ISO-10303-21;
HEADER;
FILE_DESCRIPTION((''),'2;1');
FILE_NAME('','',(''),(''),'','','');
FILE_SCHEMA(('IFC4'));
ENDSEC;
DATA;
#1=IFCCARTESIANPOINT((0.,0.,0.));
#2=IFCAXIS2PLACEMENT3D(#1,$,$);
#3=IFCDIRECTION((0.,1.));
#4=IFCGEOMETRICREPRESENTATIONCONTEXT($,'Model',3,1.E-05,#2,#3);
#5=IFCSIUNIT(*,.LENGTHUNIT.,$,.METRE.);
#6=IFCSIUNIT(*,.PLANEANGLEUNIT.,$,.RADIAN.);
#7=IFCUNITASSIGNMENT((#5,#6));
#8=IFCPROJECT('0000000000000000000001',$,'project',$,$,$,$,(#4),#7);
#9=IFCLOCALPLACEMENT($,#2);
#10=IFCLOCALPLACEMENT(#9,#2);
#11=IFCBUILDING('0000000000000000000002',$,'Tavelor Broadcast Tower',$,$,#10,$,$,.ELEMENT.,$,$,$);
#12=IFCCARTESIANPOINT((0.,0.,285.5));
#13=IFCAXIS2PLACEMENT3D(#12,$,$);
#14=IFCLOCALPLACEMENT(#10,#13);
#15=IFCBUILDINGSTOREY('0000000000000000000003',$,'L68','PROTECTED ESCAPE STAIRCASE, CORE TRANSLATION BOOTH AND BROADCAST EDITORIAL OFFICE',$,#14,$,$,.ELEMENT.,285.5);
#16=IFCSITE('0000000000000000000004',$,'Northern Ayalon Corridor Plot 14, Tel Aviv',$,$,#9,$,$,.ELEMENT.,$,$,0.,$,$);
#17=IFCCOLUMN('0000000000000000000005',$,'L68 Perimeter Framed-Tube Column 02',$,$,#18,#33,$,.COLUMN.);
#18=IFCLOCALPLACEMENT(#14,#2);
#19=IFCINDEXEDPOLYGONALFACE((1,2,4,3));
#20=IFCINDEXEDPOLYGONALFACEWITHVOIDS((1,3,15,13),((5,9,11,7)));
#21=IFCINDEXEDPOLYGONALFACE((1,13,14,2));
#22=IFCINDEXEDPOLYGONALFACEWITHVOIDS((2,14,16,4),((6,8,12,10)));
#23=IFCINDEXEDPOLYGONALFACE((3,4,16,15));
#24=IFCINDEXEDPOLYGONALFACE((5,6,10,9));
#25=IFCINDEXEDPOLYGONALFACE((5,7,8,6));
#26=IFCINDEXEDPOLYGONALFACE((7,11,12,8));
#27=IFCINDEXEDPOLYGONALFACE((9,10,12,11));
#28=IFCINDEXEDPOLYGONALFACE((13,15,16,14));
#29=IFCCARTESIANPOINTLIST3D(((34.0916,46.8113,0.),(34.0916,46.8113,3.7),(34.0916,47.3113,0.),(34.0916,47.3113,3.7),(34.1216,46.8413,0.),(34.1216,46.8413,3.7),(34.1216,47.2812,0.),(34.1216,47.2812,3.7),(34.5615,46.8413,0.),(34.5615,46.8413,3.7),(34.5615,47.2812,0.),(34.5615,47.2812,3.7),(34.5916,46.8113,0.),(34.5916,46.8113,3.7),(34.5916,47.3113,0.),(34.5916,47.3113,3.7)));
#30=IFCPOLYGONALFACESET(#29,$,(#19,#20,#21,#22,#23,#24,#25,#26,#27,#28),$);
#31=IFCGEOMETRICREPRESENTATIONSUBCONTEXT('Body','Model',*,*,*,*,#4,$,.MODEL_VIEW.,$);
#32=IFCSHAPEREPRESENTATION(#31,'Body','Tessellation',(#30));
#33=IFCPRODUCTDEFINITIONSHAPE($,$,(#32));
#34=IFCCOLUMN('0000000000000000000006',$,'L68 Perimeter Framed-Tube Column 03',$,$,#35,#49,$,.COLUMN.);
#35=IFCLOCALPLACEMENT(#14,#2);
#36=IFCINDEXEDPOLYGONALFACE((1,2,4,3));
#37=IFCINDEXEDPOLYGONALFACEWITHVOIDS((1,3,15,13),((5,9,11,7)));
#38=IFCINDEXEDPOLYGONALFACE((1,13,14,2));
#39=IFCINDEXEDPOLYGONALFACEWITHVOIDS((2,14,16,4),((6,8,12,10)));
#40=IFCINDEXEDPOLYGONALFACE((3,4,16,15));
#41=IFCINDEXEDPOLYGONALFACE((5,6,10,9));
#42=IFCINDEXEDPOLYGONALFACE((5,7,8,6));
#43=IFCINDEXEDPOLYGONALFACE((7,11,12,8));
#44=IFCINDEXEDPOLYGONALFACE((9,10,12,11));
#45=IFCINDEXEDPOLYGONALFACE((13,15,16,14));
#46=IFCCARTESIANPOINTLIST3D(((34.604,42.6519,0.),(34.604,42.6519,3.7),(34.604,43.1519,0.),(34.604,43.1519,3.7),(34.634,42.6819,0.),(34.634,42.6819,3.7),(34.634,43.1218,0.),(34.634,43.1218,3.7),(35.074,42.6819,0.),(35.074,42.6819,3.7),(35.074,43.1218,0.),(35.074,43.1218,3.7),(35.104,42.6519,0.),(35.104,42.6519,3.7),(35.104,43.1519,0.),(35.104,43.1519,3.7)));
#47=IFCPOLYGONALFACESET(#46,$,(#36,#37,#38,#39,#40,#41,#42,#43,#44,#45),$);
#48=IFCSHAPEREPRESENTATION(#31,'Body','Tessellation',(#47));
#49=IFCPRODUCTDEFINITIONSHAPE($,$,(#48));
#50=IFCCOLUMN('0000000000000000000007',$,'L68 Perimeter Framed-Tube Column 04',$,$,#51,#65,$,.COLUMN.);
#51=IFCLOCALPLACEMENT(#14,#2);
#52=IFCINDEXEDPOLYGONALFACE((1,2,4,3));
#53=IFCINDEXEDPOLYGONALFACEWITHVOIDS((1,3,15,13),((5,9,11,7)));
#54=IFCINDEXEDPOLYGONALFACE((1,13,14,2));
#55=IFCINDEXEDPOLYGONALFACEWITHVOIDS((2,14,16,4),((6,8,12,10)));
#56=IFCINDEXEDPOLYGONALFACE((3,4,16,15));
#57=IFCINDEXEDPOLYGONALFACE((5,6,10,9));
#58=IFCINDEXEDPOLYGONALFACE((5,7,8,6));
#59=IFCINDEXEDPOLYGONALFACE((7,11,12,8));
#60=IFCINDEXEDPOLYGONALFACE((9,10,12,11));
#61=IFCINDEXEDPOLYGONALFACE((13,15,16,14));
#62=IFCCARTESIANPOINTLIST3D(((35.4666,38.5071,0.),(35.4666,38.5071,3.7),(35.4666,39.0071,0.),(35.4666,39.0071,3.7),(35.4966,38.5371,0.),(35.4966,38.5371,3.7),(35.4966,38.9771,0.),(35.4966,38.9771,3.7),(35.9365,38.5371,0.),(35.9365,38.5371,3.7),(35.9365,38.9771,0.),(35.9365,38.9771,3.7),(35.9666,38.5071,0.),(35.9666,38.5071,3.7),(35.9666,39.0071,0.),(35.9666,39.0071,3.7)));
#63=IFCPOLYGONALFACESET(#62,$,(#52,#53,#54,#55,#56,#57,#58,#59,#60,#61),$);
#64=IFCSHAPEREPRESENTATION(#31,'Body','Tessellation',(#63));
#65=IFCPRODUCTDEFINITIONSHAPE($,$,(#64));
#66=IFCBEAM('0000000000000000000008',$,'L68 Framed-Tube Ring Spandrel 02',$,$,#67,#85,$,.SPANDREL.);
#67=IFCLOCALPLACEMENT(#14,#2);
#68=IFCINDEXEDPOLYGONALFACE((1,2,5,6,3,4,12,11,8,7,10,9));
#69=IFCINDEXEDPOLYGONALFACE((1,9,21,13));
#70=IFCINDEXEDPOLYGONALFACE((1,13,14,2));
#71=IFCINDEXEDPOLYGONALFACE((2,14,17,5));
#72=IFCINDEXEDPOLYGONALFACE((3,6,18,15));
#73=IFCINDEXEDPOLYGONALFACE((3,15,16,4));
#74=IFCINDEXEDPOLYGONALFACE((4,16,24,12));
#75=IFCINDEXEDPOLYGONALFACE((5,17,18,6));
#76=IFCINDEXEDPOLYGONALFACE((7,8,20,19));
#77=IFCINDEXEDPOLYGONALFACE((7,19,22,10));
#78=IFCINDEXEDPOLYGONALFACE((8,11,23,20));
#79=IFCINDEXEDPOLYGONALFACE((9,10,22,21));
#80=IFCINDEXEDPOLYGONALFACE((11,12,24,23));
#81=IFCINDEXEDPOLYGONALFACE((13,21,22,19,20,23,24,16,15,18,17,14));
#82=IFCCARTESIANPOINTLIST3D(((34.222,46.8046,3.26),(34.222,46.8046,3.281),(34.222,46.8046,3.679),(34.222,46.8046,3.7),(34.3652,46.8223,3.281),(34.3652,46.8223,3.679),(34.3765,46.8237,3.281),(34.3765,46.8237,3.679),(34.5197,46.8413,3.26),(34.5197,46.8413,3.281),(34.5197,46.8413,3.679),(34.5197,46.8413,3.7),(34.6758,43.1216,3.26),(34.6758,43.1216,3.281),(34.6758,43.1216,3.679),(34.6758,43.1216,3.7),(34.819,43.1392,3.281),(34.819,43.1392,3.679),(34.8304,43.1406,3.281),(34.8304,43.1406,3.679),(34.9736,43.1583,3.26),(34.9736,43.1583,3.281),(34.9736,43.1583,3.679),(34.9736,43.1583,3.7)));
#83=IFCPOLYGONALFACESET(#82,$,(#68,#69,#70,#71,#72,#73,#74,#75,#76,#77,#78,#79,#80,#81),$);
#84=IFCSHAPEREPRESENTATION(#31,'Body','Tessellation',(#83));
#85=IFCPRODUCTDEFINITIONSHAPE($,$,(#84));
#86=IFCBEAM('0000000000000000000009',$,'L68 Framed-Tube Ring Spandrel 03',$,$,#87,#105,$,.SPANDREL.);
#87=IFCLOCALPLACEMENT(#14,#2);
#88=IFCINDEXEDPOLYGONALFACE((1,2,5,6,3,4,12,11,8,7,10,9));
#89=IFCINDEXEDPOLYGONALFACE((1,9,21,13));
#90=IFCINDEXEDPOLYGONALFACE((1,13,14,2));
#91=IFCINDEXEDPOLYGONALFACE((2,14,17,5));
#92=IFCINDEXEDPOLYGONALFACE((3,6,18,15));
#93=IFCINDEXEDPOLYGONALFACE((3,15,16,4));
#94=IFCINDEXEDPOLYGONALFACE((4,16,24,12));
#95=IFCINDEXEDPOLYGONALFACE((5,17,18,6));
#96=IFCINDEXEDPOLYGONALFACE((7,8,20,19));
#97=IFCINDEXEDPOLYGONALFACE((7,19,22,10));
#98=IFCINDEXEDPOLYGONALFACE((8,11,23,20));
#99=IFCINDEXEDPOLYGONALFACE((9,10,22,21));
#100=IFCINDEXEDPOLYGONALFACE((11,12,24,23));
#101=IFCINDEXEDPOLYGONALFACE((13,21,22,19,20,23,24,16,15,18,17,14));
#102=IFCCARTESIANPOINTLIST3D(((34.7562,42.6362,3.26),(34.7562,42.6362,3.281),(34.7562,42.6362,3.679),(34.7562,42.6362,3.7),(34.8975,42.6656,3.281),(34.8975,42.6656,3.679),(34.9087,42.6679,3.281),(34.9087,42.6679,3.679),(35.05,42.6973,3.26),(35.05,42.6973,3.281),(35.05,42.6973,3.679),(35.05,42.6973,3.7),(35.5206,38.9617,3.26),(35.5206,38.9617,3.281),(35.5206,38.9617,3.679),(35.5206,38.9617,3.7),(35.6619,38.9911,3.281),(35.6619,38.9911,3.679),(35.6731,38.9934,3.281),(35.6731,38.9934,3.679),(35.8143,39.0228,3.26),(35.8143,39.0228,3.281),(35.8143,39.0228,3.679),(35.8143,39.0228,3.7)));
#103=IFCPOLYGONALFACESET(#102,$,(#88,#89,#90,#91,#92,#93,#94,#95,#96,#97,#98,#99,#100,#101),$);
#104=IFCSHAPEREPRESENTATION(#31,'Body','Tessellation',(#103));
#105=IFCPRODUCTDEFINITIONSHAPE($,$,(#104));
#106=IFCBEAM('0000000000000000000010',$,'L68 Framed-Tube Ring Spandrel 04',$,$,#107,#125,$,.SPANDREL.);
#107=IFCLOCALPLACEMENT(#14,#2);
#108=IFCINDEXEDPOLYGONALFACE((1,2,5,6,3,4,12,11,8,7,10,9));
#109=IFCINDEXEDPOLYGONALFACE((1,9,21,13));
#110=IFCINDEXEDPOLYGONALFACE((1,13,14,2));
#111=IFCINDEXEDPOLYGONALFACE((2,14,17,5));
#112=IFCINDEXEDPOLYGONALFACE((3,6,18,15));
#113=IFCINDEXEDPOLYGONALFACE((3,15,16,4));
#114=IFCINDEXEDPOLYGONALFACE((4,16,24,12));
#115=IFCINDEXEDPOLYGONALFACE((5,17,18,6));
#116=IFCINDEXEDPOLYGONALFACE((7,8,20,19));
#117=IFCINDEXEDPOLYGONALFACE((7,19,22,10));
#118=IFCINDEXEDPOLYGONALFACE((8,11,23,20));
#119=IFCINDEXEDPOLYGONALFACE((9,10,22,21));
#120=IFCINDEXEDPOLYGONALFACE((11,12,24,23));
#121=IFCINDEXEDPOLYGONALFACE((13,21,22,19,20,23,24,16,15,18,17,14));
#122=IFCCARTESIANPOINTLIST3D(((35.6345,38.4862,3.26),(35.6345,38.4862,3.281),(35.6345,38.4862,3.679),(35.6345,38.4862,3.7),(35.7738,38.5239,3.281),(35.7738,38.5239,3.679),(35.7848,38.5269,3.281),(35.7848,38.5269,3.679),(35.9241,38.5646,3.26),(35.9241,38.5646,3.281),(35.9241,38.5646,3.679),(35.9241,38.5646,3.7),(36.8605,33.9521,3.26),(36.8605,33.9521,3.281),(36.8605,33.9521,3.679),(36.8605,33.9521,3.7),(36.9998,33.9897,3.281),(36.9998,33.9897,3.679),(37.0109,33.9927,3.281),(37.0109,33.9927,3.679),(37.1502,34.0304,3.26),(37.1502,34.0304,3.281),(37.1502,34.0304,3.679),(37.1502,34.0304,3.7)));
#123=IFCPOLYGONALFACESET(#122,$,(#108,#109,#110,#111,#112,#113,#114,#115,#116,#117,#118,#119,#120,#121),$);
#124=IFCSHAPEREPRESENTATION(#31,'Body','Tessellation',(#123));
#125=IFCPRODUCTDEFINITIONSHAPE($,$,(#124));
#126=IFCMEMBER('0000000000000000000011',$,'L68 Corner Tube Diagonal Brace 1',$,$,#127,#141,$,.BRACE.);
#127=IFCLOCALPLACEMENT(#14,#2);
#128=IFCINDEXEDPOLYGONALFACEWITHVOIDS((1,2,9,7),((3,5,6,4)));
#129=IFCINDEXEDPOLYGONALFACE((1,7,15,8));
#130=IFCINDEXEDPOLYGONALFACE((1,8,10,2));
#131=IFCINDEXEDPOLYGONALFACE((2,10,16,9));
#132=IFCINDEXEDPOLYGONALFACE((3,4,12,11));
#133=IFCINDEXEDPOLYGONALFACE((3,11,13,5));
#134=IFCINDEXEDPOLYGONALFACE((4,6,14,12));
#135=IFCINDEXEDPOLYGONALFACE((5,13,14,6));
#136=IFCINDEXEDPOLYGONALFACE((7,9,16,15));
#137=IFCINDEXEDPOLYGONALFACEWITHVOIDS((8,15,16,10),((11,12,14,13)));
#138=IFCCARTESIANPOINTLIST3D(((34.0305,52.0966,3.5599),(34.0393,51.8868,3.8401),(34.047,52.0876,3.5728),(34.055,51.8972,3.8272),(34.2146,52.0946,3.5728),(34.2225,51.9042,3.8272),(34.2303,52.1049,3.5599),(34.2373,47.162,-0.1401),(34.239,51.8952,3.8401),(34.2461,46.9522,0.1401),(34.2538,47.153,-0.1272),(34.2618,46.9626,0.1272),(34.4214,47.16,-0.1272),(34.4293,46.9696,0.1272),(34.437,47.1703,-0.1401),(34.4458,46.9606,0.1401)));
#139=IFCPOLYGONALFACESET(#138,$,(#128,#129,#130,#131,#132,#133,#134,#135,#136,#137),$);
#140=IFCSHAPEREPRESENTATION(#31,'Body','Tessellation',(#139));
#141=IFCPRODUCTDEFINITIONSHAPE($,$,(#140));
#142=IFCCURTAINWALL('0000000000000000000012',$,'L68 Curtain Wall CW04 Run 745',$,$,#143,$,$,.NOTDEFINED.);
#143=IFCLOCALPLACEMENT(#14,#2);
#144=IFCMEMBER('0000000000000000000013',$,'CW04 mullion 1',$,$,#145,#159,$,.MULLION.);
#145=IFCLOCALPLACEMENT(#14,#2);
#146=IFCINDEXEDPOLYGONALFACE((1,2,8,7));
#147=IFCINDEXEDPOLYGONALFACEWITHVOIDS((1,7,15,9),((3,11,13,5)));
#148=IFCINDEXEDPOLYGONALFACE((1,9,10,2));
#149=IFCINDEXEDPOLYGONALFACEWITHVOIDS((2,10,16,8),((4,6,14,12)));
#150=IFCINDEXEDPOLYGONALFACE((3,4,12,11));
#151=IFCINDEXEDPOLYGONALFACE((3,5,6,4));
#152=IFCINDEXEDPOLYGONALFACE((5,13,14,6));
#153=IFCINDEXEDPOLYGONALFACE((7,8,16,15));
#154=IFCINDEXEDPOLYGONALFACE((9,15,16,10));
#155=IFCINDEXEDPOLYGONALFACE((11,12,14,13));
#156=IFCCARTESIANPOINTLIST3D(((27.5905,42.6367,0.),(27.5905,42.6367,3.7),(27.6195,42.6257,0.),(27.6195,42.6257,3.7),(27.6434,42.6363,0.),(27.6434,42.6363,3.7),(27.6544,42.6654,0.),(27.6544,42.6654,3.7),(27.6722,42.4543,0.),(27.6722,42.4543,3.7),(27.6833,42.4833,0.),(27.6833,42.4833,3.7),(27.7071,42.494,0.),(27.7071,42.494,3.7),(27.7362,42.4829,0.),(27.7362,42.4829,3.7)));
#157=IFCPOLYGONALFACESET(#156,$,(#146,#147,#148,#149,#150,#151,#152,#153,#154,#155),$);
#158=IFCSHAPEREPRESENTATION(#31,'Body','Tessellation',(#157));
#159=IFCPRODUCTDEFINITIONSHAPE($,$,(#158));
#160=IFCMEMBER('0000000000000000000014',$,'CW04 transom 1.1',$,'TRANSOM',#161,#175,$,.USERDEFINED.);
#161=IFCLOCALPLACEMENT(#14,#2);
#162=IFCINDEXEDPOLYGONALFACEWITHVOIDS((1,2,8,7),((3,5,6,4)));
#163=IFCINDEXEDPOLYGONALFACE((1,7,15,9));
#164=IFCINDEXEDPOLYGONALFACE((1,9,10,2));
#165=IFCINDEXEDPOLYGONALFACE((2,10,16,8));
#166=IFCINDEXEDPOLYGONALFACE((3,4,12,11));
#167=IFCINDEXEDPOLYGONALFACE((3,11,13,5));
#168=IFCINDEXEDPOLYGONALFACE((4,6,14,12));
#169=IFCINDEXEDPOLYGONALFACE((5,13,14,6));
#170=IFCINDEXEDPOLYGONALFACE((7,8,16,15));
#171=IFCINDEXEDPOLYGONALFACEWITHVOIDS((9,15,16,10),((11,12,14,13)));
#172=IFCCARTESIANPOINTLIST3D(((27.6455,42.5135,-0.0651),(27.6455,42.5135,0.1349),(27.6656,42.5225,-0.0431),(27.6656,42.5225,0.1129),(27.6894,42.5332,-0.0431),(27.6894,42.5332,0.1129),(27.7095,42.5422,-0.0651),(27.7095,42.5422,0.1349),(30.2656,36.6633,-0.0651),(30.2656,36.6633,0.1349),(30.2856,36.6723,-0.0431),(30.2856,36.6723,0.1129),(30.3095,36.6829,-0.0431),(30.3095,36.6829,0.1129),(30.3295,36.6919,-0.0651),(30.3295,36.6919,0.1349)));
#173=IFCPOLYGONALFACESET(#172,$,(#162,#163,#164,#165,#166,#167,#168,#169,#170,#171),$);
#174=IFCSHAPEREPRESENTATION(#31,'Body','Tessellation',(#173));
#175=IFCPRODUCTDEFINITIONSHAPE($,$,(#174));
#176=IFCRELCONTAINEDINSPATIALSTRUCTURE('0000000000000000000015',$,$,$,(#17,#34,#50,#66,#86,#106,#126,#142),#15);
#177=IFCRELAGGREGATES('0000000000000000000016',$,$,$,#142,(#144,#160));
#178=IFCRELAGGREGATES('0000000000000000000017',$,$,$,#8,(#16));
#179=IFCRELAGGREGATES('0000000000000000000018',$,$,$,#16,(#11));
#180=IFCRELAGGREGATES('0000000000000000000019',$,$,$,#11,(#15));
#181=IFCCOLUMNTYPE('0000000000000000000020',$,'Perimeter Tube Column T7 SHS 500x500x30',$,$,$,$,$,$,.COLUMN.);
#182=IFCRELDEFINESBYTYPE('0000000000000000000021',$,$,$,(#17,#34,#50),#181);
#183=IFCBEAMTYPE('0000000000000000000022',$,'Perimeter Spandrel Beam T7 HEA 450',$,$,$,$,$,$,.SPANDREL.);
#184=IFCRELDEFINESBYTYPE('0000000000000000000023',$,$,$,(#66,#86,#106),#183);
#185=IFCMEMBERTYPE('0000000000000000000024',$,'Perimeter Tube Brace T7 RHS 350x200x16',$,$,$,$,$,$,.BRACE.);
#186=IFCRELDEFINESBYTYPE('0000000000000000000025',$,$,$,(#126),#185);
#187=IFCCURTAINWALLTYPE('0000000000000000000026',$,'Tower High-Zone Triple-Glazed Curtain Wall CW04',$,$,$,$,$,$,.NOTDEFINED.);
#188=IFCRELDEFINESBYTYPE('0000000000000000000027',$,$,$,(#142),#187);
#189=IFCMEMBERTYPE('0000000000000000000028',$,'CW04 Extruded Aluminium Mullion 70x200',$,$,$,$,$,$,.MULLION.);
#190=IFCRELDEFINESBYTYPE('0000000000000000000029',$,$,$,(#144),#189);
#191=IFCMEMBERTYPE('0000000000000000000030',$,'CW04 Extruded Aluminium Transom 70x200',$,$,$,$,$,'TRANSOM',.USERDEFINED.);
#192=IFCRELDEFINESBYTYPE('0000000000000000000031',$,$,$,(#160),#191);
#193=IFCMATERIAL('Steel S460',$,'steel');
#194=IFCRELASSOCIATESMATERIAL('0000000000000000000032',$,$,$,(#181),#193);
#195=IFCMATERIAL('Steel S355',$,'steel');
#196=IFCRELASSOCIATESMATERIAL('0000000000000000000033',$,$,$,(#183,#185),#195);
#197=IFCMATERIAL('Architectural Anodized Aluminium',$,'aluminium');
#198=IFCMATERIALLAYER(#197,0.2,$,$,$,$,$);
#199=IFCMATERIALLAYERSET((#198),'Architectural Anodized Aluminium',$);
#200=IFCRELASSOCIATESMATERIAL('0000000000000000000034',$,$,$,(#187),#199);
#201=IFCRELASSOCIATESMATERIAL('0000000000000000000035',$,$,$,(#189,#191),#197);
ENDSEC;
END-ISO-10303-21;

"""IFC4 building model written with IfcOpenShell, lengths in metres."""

from ifc_helpers import new_model, si_unit, direction, frame, origin, origin_2d, place, context, subcontext, project, spatial, hollow_rectangle, i_section, extrude, source, transform, mapped, material, layer, layer_set, material_profile, profile_set, type_object, type_shapes, element, aggregate, save


model = new_model("IFC4")

# Units and contexts
model_context = context("Model", 3, precision=1e-05, world=origin(), true_north=direction((0.0, 1.0)))
body_context = subcontext(model_context, "Body", "Model", "MODEL_VIEW")
ifc_project = project(units=[si_unit("LENGTHUNIT", "METRE"), si_unit("PLANEANGLEUNIT", "RADIAN")], contexts=[model_context])

# Site, building, storey
site_placement = place(None, origin())
site = spatial("IfcSite", under=ifc_project, at=site_placement, Name="Northern Ayalon Corridor Plot 14, Tel Aviv", CompositionType="ELEMENT", RefElevation=0.0)
building_placement = place(site_placement, origin())
building = spatial("IfcBuilding", under=site, at=building_placement, Name="Tavelor Broadcast Tower", CompositionType="ELEMENT")
storey_placement = place(building_placement, frame((0.0, 0.0, 285.5)))
storey = spatial("IfcBuildingStorey", under=building, at=storey_placement, Name="L68", Description="PROTECTED ESCAPE STAIRCASE, CORE TRANSLATION BOOTH AND BROADCAST EDITORIAL OFFICE", CompositionType="ELEMENT", Elevation=285.5)

# Columns
ifc_material_1 = material(Name="Steel S460", Category="steel")
ifc_material_profile_1 = material_profile(ifc_material_1, hollow_rectangle(XDim=0.5, YDim=0.5, WallThickness=0.03, at=origin_2d()), Name="SHS 500x500x30")
ifc_profile_set_1 = profile_set([ifc_material_profile_1], Name="Steel S460")
column_type = type_object("IfcColumnType", Name="Perimeter Tube Column T7 SHS 500x500x30", PredefinedType="COLUMN", material=ifc_profile_set_1)
for number, where, z_axis, x_axis, name in (
    (1, (34.3416, 47.0613, 0.0), (0.0, 0.0, 1.0), (1.0, 0.0, 0.0), "L68 Perimeter Framed-Tube Column 02"),
    (2, (34.854, 42.9019, 0.0), (0.0, 0.0, 1.0), (1.0, 0.0, 0.0), "L68 Perimeter Framed-Tube Column 03"),
    (3, (35.7166, 38.7571, 0.0), (0.0, 0.0, 1.0), (1.0, 0.0, 0.0), "L68 Perimeter Framed-Tube Column 04"),
):
    element("IfcColumn", number, at=place(storey_placement, frame(where, z_axis=z_axis, x_axis=x_axis)), inside=storey, type_object=column_type, Name=name, PredefinedType="COLUMN", context=body_context, shape_type="SweptSolid", body=[
        extrude(hollow_rectangle(XDim=0.5, YDim=0.5, WallThickness=0.03, at=origin_2d()), origin(), (0.0, 0.0, 1.0), 3.7),
    ])

# Beams
ifc_material_2 = material(Name="Steel S355", Category="steel")
ifc_material_profile_2 = material_profile(ifc_material_2, i_section(OverallWidth=0.3, OverallDepth=0.4399, WebThickness=0.0115, FlangeThickness=0.021, at=origin_2d()), Name="HEA 450")
ifc_profile_set_2 = profile_set([ifc_material_profile_2], Name="Steel S355")
beam_type = type_object("IfcBeamType", Name="Perimeter Spandrel Beam T7 HEA 450", PredefinedType="SPANDREL", material=ifc_profile_set_2)
beam_1_placement = place(storey_placement, frame((34.3708, 46.823, 3.48), z_axis=(0.122302, -0.992493, 0.0), x_axis=(0.992493, 0.122302, 0.0)))
element("IfcBeam", 4, at=beam_1_placement, inside=storey, type_object=beam_type, Name="L68 Framed-Tube Ring Spandrel 02", PredefinedType="SPANDREL", context=body_context, shape_type="SweptSolid", body=[
    extrude(i_section(OverallWidth=0.3, OverallDepth=0.4399, WebThickness=0.0115, FlangeThickness=0.021, at=origin_2d()), origin(), (0.0, 0.0, 1.0), 3.7109),
])
beam_2_placement = place(storey_placement, frame((34.9031, 42.6667, 3.48), z_axis=(0.203666, -0.97904, 0.0), x_axis=(0.97904, 0.203666, 0.0)))
element("IfcBeam", 5, at=beam_2_placement, inside=storey, type_object=beam_type, Name="L68 Framed-Tube Ring Spandrel 03", PredefinedType="SPANDREL", context=body_context, shape_type="SweptSolid", body=[
    extrude(i_section(OverallWidth=0.3, OverallDepth=0.4399, WebThickness=0.0115, FlangeThickness=0.021, at=origin_2d()), origin(), (0.0, 0.0, 1.0), 3.7532),
])
beam_3_placement = place(storey_placement, frame((35.7793, 38.5254, 3.48), z_axis=(0.261032, -0.96533, 0.0), x_axis=(0.96533, 0.261032, 0.0)))
element("IfcBeam", 6, at=beam_3_placement, inside=storey, type_object=beam_type, Name="L68 Framed-Tube Ring Spandrel 04", PredefinedType="SPANDREL", context=body_context, shape_type="SweptSolid", body=[
    extrude(i_section(OverallWidth=0.3, OverallDepth=0.4399, WebThickness=0.0115, FlangeThickness=0.021, at=origin_2d()), origin(), (0.0, 0.0, 1.0), 4.697),
])

# Member
ifc_material_profile_3 = material_profile(ifc_material_2, hollow_rectangle(XDim=0.2, YDim=0.3501, WallThickness=0.0161, at=origin_2d()), Name="RHS 350x200x16")
ifc_profile_set_3 = profile_set([ifc_material_profile_3], Name="Steel S355")
member_type_1 = type_object("IfcMemberType", Name="Perimeter Tube Brace T7 RHS 350x200x16", PredefinedType="BRACE", material=ifc_profile_set_3)
member_1_placement = place(storey_placement, frame((34.3416, 47.0613, 0.0), z_axis=(-0.033509, 0.799627, 0.599562), x_axis=(-0.999123, -0.041869, 0.0)))
element("IfcMember", 7, at=member_1_placement, inside=storey, type_object=member_type_1, Name="L68 Corner Tube Diagonal Brace 1", PredefinedType="BRACE", context=body_context, shape_type="SweptSolid", body=[
    extrude(hollow_rectangle(XDim=0.2, YDim=0.3501, WallThickness=0.0161, at=origin_2d()), origin(), (0.0, 0.0, 1.0), 6.1711),
])

# Curtain wall, members
ifc_material_3 = material(Name="Architectural Anodized Aluminium", Category="aluminium")
ifc_layer_1 = layer(ifc_material_3, 0.2)
ifc_layer_set_1 = layer_set([ifc_layer_1], Name="Architectural Anodized Aluminium")
curtain_wall_type = type_object("IfcCurtainWallType", Name="Tower High-Zone Triple-Glazed Curtain Wall CW04", PredefinedType="NOTDEFINED", material=ifc_layer_set_1)
curtain_wall_placement = place(storey_placement, origin())
curtain_wall = element("IfcCurtainWall", 8, at=curtain_wall_placement, inside=storey, type_object=curtain_wall_type, Name="L68 Curtain Wall CW04 Run 745", PredefinedType="NOTDEFINED")
ifc_material_profile_4 = material_profile(ifc_material_3, hollow_rectangle(XDim=0.0701, YDim=0.2, WallThickness=0.022, at=origin_2d()), Name="RHS 70x200x22")
ifc_profile_set_4 = profile_set([ifc_material_profile_4], Name="Architectural Anodized Aluminium")
member_type_2 = type_object("IfcMemberType", Name="CW04 Extruded Aluminium Mullion 70x200", PredefinedType="MULLION", material=ifc_profile_set_4)
shared_shape_1 = source(origin(), body_context, "Body", "SweptSolid", [
    extrude(hollow_rectangle(XDim=0.0701, YDim=0.2, WallThickness=0.022, at=origin_2d()), origin(), (0.0, 0.0, 1.0), 3.7),
])
type_shapes(member_type_2, [shared_shape_1])
member_2_placement = place(storey_placement, frame((27.6633, 42.5598, 0.0), z_axis=(0.0, 0.0, 1.0), x_axis=(0.912657, 0.408726, 0.0)))
member_2 = element("IfcMember", 9, at=member_2_placement, type_object=member_type_2, Name="CW04 mullion 1", PredefinedType="MULLION", context=body_context, shape_type="MappedRepresentation", body=[
    mapped(shared_shape_1, transform((0.0, 0.0, 0.0), scale=1.0)),
])
ifc_material_profile_5 = material_profile(ifc_material_3, hollow_rectangle(XDim=0.0701, YDim=0.2, WallThickness=0.022, at=origin_2d()), Name="RHS 70x200x22")
ifc_profile_set_5 = profile_set([ifc_material_profile_5], Name="Architectural Anodized Aluminium")
member_type_3 = type_object("IfcMemberType", Name="CW04 Extruded Aluminium Transom 70x200", ElementType="TRANSOM", PredefinedType="USERDEFINED", material=ifc_profile_set_5)
shared_shape_2 = source(origin(), body_context, "Body", "SweptSolid", [
    extrude(hollow_rectangle(XDim=0.0701, YDim=0.2, WallThickness=0.022, at=origin_2d()), origin(), (0.0, 0.0, 1.0), 6.4102),
])
type_shapes(member_type_3, [shared_shape_2])
member_3_placement = place(storey_placement, frame((27.6775, 42.5278, 0.0349), z_axis=(0.408738, -0.912652, 0.0), x_axis=(0.912652, 0.408738, 0.0)))
member_3 = element("IfcMember", 10, at=member_3_placement, type_object=member_type_3, Name="CW04 transom 1.1", ObjectType="TRANSOM", PredefinedType="USERDEFINED", context=body_context, shape_type="MappedRepresentation", body=[
    mapped(shared_shape_2, transform((0.0, 0.0, 0.0), scale=1.0)),
])

aggregate(curtain_wall, [member_2, member_3])

save(model, "model.ifc")
